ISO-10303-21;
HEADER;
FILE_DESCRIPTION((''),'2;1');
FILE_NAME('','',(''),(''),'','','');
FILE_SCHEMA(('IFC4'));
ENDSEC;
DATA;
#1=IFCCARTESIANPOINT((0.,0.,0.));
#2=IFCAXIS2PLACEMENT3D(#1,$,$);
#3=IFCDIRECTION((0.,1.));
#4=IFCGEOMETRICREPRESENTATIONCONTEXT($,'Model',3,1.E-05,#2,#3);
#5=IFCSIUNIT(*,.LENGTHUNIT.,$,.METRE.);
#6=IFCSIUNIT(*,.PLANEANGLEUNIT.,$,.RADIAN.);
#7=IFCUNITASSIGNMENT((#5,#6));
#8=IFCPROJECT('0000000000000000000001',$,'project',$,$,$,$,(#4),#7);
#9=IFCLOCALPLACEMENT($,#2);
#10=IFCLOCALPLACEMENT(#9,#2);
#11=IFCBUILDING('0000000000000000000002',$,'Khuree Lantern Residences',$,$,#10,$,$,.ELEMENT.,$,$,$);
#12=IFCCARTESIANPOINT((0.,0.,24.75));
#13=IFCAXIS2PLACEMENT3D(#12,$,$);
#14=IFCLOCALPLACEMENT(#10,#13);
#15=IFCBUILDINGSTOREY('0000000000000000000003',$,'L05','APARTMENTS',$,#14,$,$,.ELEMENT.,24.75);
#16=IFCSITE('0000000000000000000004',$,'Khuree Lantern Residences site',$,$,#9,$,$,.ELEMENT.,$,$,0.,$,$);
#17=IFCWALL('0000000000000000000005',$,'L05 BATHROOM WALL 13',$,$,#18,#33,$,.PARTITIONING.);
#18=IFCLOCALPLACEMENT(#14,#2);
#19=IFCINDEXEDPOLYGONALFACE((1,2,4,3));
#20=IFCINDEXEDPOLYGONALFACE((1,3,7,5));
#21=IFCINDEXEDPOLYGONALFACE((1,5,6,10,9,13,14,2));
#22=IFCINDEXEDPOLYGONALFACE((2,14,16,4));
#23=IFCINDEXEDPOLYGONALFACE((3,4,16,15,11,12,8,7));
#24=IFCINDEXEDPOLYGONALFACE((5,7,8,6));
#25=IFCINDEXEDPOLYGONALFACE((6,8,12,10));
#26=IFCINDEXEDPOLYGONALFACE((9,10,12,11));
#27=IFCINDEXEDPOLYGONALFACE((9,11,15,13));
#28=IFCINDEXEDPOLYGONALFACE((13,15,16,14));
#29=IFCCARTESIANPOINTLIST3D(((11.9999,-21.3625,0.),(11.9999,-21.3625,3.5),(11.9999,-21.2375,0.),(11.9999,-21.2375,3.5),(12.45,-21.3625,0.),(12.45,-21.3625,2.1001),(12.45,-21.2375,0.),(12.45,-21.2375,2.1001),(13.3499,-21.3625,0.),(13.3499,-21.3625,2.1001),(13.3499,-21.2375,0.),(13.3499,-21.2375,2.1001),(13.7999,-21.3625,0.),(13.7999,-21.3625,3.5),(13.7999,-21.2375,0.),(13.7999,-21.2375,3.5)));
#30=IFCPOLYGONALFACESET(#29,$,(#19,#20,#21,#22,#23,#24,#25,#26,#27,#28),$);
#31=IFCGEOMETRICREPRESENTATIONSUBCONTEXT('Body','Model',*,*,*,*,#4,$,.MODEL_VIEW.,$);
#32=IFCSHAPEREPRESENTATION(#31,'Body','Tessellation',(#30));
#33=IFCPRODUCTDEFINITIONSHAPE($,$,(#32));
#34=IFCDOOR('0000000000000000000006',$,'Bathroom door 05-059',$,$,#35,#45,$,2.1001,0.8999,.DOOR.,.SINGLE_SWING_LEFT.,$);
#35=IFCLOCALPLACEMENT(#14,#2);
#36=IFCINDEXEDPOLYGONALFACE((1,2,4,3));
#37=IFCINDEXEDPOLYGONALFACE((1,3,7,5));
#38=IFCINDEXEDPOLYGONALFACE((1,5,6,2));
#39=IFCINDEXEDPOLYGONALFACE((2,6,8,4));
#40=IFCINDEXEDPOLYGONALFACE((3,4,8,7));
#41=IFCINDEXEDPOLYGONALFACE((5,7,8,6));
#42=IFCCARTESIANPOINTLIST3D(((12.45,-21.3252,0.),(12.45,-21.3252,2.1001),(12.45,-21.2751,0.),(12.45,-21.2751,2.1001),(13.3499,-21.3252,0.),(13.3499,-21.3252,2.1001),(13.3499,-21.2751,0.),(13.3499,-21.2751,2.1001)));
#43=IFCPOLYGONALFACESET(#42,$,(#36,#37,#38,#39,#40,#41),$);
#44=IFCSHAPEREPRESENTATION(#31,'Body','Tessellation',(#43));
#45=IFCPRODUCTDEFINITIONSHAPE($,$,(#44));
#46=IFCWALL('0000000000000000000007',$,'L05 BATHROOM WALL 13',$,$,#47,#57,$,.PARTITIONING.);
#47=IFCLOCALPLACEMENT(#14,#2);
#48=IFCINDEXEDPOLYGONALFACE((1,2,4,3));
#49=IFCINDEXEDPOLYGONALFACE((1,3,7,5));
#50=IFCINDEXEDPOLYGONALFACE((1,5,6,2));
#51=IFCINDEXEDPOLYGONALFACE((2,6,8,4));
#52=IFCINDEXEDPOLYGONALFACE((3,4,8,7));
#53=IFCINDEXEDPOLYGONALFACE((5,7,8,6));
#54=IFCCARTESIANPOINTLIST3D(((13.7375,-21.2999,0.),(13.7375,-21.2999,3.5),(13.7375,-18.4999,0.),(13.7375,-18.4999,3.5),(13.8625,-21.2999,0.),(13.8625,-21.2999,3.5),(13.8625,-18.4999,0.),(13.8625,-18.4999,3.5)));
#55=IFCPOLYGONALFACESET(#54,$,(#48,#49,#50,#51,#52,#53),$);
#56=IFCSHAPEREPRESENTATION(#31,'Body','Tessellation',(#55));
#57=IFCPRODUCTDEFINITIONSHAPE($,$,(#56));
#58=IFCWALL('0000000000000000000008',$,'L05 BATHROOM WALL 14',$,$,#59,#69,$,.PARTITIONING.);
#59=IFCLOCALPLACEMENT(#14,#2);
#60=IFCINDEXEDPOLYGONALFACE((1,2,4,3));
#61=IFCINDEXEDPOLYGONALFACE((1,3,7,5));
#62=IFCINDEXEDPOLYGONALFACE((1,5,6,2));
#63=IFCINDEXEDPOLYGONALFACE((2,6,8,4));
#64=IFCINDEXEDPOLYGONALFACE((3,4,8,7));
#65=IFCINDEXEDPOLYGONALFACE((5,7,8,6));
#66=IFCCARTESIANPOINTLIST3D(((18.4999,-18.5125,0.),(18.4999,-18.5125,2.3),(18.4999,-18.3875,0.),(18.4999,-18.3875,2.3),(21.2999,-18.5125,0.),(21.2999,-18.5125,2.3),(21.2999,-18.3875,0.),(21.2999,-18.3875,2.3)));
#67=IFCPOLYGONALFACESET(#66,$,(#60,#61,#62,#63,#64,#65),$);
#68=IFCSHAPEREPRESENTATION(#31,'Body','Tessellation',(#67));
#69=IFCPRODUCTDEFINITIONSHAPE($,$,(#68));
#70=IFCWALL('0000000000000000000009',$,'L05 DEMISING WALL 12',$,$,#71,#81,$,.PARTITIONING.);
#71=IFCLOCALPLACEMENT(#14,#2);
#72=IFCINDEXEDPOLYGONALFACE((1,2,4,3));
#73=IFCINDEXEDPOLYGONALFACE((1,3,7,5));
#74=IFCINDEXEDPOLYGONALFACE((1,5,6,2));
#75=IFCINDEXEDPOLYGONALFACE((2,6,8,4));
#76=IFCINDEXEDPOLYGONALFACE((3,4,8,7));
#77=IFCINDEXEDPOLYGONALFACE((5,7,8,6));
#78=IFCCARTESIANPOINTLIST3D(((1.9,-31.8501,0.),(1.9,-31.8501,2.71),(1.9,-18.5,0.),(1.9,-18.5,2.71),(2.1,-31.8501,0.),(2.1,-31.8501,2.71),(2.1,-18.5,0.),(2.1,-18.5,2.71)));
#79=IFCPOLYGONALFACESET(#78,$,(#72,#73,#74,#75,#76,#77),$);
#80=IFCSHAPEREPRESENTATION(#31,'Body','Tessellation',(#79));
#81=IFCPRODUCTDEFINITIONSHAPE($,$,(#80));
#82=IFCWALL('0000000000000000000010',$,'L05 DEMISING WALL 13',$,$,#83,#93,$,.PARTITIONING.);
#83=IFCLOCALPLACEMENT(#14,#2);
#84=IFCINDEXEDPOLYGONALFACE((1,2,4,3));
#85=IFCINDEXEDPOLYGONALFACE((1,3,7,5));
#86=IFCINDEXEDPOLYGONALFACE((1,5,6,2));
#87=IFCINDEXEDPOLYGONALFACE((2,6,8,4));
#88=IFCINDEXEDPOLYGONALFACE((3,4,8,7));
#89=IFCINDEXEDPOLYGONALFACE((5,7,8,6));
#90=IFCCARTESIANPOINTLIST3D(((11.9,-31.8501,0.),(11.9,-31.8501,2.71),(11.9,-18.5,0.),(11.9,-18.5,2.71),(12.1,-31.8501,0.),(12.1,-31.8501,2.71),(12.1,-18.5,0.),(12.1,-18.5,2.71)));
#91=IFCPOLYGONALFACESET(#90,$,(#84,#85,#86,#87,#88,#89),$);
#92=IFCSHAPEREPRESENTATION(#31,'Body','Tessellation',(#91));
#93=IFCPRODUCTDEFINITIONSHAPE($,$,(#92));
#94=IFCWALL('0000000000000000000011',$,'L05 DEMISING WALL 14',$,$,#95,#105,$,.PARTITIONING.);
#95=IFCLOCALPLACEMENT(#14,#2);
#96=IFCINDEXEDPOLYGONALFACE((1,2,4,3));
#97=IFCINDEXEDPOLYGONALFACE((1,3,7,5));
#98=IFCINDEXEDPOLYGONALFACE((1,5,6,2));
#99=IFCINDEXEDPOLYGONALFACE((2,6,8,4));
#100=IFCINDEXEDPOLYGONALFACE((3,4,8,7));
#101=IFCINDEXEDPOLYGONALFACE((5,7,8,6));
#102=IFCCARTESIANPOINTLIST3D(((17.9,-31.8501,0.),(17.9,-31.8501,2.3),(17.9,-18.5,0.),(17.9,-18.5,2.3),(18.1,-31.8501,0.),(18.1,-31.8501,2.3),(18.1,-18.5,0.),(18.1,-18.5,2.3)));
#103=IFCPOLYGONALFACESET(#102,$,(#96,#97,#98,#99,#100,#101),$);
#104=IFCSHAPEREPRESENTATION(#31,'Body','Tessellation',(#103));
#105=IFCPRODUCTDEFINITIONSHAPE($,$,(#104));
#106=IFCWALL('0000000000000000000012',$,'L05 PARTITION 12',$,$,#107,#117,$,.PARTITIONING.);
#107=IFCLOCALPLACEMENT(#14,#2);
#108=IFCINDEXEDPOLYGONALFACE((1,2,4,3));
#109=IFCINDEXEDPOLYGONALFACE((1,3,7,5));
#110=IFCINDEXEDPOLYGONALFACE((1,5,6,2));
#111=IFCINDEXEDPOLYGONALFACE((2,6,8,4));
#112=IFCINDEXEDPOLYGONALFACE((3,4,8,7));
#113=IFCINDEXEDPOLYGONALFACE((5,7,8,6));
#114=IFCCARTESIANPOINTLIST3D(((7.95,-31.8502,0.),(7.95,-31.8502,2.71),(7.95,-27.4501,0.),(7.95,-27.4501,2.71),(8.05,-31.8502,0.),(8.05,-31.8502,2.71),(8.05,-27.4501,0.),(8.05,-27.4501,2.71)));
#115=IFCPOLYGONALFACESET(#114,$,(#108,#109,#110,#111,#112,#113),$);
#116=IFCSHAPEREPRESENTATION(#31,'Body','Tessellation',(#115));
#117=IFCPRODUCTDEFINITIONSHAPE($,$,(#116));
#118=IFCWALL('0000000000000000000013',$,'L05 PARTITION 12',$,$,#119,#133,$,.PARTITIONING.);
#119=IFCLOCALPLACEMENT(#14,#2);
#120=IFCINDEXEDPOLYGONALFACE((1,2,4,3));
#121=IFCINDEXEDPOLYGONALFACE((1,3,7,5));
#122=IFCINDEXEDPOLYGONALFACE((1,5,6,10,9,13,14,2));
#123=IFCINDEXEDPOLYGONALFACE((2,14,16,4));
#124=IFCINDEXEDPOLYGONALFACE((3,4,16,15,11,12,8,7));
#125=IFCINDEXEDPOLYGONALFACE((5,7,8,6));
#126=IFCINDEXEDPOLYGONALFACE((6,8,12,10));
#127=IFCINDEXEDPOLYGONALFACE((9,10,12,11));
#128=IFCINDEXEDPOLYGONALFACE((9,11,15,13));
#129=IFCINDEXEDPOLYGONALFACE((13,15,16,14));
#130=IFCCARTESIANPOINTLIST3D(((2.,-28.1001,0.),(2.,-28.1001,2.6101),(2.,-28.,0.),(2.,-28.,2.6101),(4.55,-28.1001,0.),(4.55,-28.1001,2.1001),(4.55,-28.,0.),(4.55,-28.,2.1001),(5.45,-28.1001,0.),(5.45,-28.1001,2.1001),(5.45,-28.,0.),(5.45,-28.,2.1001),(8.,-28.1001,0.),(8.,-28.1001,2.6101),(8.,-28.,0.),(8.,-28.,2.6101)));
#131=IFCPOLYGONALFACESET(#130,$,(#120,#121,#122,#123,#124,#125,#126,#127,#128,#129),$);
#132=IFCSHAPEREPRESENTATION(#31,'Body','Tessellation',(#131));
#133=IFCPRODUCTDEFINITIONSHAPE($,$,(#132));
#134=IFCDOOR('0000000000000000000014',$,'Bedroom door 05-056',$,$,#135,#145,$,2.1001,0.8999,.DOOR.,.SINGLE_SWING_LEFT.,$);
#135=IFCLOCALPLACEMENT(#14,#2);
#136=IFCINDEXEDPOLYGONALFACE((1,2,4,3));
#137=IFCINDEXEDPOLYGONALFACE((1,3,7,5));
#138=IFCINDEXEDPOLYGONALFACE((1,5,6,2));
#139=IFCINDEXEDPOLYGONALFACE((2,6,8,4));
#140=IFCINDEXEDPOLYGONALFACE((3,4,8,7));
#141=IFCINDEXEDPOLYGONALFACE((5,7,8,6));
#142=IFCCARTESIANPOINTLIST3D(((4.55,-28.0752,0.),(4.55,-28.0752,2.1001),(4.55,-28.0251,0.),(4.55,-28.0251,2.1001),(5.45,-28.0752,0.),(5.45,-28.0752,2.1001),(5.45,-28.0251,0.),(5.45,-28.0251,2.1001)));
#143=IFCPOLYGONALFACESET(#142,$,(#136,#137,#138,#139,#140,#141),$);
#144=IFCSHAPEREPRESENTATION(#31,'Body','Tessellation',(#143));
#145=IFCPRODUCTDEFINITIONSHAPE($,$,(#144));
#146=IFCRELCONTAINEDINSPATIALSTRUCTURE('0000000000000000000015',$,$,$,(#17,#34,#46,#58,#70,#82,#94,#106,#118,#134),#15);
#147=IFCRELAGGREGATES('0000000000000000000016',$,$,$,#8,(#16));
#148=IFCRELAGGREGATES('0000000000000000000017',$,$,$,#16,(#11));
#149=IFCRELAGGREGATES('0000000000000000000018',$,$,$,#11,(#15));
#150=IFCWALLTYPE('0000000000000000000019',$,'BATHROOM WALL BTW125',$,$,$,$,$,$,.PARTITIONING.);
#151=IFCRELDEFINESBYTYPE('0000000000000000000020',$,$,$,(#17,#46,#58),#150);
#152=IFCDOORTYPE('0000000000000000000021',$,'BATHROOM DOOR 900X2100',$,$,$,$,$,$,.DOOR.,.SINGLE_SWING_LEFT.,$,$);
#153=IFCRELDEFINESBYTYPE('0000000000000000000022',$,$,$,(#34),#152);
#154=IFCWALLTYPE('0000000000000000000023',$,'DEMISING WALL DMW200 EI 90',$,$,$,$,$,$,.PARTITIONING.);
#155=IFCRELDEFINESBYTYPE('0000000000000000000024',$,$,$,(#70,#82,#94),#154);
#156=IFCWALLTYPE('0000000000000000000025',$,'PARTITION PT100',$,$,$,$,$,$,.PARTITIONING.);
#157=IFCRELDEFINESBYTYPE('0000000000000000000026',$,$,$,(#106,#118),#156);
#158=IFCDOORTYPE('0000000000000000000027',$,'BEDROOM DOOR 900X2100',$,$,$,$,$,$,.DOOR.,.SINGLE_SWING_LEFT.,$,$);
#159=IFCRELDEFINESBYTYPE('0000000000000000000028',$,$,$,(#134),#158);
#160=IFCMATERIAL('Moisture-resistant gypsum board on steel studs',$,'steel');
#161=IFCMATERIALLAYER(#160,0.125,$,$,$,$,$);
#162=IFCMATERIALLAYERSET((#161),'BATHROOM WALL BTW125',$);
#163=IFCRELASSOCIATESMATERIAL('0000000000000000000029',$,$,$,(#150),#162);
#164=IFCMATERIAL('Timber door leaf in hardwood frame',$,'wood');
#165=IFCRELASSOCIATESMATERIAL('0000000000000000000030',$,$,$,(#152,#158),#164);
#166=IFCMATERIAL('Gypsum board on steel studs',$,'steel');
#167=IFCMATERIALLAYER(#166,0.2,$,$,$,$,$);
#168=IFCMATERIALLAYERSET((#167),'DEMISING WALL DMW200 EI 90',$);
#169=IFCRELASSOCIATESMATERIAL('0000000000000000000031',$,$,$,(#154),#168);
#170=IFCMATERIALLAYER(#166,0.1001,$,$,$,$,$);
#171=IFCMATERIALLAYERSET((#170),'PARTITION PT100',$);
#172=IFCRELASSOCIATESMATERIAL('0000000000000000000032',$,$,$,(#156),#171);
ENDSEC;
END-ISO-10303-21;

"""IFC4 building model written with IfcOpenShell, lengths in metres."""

from ifc_helpers import new_model, si_unit, direction, frame, frame_2d, origin, place, context, subcontext, project, spatial, rectangle, extrude, material, layer, layer_set, type_object, element, fill, save


model = new_model("IFC4")

# Units and contexts
model_context = context("Model", 3, precision=1e-05, world=origin(), true_north=direction((0.0, 1.0)))
body_context = subcontext(model_context, "Body", "Model", "MODEL_VIEW")
ifc_project = project(units=[si_unit("LENGTHUNIT", "METRE"), si_unit("PLANEANGLEUNIT", "RADIAN")], contexts=[model_context])

# Site, building, storey
site_placement = place(None, origin())
site = spatial("IfcSite", under=ifc_project, at=site_placement, Name="Khuree Lantern Residences site", CompositionType="ELEMENT", RefElevation=0.0)
building_placement = place(site_placement, origin())
building = spatial("IfcBuilding", under=site, at=building_placement, Name="Khuree Lantern Residences", CompositionType="ELEMENT")
storey_placement = place(building_placement, frame((0.0, 0.0, 24.75)))
storey = spatial("IfcBuildingStorey", under=building, at=storey_placement, Name="L05", Description="APARTMENTS", CompositionType="ELEMENT", Elevation=24.75)

# Shared definitions
ifc_material_1 = material(Name="Moisture-resistant gypsum board on steel studs", Category="steel")
ifc_layer_1 = layer(ifc_material_1, 0.125)
ifc_layer_set_1 = layer_set([ifc_layer_1], Name="BATHROOM WALL BTW125")
wall_type_1 = type_object("IfcWallType", Name="BATHROOM WALL BTW125", PredefinedType="PARTITIONING", material=ifc_layer_set_1)
ifc_material_2 = material(Name="Timber door leaf in hardwood frame", Category="wood")
door_type_1 = type_object("IfcDoorType", Name="BATHROOM DOOR 900X2100", OperationType="SINGLE_SWING_LEFT", PredefinedType="DOOR", material=ifc_material_2)

# Wall, opening, door
wall_1_placement = place(storey_placement, frame((12.0, -21.3, 0.0), z_axis=(0.0, 0.0, 1.0), x_axis=(1.0, 0.0, 0.0)))
wall_1 = element("IfcWall", 1, at=wall_1_placement, inside=storey, type_object=wall_type_1, Name="L05 BATHROOM WALL 13", PredefinedType="PARTITIONING", context=body_context, shape_type="SweptSolid", body=[
    extrude(rectangle(XDim=1.8, YDim=0.125, at=frame_2d((0.8999, 0.0))), origin(), (0.0, 0.0, 1.0), 3.5),
])
opening_1_placement = place(wall_1_placement, frame((0.45, 0.0, 0.0)))
opening_1 = element("IfcOpeningElement", 2, at=opening_1_placement, cuts=wall_1, PredefinedType="OPENING", context=body_context, shape_type="SweptSolid", body=[
    extrude(rectangle(XDim=0.8999, YDim=2.1001, at=frame_2d((0.45, 1.05))), frame((0.0, 0.0725, 0.0), z_axis=(0.0, -1.0, 0.0), x_axis=(1.0, 0.0, 0.0)), (0.0, 0.0, 1.0), 0.145),
])
door_1_placement = place(opening_1_placement, origin())
door_1 = element("IfcDoor", 3, at=door_1_placement, inside=storey, type_object=door_type_1, Name="Bathroom door 05-059", OperationType="SINGLE_SWING_LEFT", OverallHeight=2.1001, OverallWidth=0.8999, PredefinedType="DOOR", context=body_context, shape_type="SweptSolid", body=[
    extrude(rectangle(XDim=0.8999, YDim=2.1001, at=frame_2d((0.45, 1.05))), frame((0.0, 0.0249, 0.0), z_axis=(0.0, -1.0, 0.0), x_axis=(1.0, 0.0, 0.0)), (0.0, 0.0, 1.0), 0.05),
])
fill(opening_1, door_1)

# Walls
wall_2_placement = place(storey_placement, frame((13.8, -18.5, 0.0), z_axis=(0.0, 0.0, 1.0), x_axis=(0.0, -1.0, 0.0)))
element("IfcWall", 4, at=wall_2_placement, inside=storey, type_object=wall_type_1, Name="L05 BATHROOM WALL 13", PredefinedType="PARTITIONING", context=body_context, shape_type="SweptSolid", body=[
    extrude(rectangle(XDim=2.8, YDim=0.125, at=frame_2d((1.3999, 0.0))), origin(), (0.0, 0.0, 1.0), 3.5),
])
wall_3_placement = place(storey_placement, frame((18.5, -18.45, 0.0), z_axis=(0.0, 0.0, 1.0), x_axis=(1.0, 0.0, 0.0)))
element("IfcWall", 5, at=wall_3_placement, inside=storey, type_object=wall_type_1, Name="L05 BATHROOM WALL 14", PredefinedType="PARTITIONING", context=body_context, shape_type="SweptSolid", body=[
    extrude(rectangle(XDim=2.8, YDim=0.125, at=frame_2d((1.3999, 0.0))), origin(), (0.0, 0.0, 1.0), 2.3),
])
ifc_material_3 = material(Name="Gypsum board on steel studs", Category="steel")
ifc_layer_2 = layer(ifc_material_3, 0.2)
ifc_layer_set_2 = layer_set([ifc_layer_2], Name="DEMISING WALL DMW200 EI 90")
wall_type_2 = type_object("IfcWallType", Name="DEMISING WALL DMW200 EI 90", PredefinedType="PARTITIONING", material=ifc_layer_set_2)
for number, where, z_axis, x_axis, name in (
    (6, (2.0, -18.5, 0.0), (0.0, 0.0, 1.0), (0.0, -1.0, 0.0), "L05 DEMISING WALL 12"),
    (7, (12.0, -18.5, 0.0), (0.0, 0.0, 1.0), (0.0, -1.0, 0.0), "L05 DEMISING WALL 13"),
):
    element("IfcWall", number, at=place(storey_placement, frame(where, z_axis=z_axis, x_axis=x_axis)), inside=storey, type_object=wall_type_2, Name=name, PredefinedType="PARTITIONING", context=body_context, shape_type="SweptSolid", body=[
        extrude(rectangle(XDim=13.3501, YDim=0.2, at=frame_2d((6.675, 0.0))), origin(), (0.0, 0.0, 1.0), 2.71),
    ])
wall_4_placement = place(storey_placement, frame((18.0, -18.5, 0.0), z_axis=(0.0, 0.0, 1.0), x_axis=(0.0, -1.0, 0.0)))
element("IfcWall", 8, at=wall_4_placement, inside=storey, type_object=wall_type_2, Name="L05 DEMISING WALL 14", PredefinedType="PARTITIONING", context=body_context, shape_type="SweptSolid", body=[
    extrude(rectangle(XDim=13.3501, YDim=0.2, at=frame_2d((6.675, 0.0))), origin(), (0.0, 0.0, 1.0), 2.3),
])
ifc_layer_3 = layer(ifc_material_3, 0.1001)
ifc_layer_set_3 = layer_set([ifc_layer_3], Name="PARTITION PT100")
wall_type_3 = type_object("IfcWallType", Name="PARTITION PT100", PredefinedType="PARTITIONING", material=ifc_layer_set_3)
wall_5_placement = place(storey_placement, frame((8.0, -27.45, 0.0), z_axis=(0.0, 0.0, 1.0), x_axis=(0.0, -1.0, 0.0)))
element("IfcWall", 9, at=wall_5_placement, inside=storey, type_object=wall_type_3, Name="L05 PARTITION 12", PredefinedType="PARTITIONING", context=body_context, shape_type="SweptSolid", body=[
    extrude(rectangle(XDim=4.4001, YDim=0.1001, at=frame_2d((2.2002, 0.0))), origin(), (0.0, 0.0, 1.0), 2.71),
])

# Wall, opening, door
wall_6_placement = place(storey_placement, frame((2.0, -28.05, 0.0), z_axis=(0.0, 0.0, 1.0), x_axis=(1.0, 0.0, 0.0)))
wall_6 = element("IfcWall", 10, at=wall_6_placement, inside=storey, type_object=wall_type_3, Name="L05 PARTITION 12", PredefinedType="PARTITIONING", context=body_context, shape_type="SweptSolid", body=[
    extrude(rectangle(XDim=6.0, YDim=0.1001, at=frame_2d((3.0, 0.0))), origin(), (0.0, 0.0, 1.0), 2.6101),
])
opening_2_placement = place(wall_6_placement, frame((2.55, 0.0, 0.0)))
opening_2 = element("IfcOpeningElement", 11, at=opening_2_placement, cuts=wall_6, PredefinedType="OPENING", context=body_context, shape_type="SweptSolid", body=[
    extrude(rectangle(XDim=0.8999, YDim=2.1001, at=frame_2d((0.45, 1.05))), frame((0.0, 0.0601, 0.0), z_axis=(0.0, -1.0, 0.0), x_axis=(1.0, 0.0, 0.0)), (0.0, 0.0, 1.0), 0.1201),
])
door_type_2 = type_object("IfcDoorType", Name="BEDROOM DOOR 900X2100", OperationType="SINGLE_SWING_LEFT", PredefinedType="DOOR", material=ifc_material_2)
door_2_placement = place(opening_2_placement, origin())
door_2 = element("IfcDoor", 12, at=door_2_placement, inside=storey, type_object=door_type_2, Name="Bedroom door 05-056", OperationType="SINGLE_SWING_LEFT", OverallHeight=2.1001, OverallWidth=0.8999, PredefinedType="DOOR", context=body_context, shape_type="SweptSolid", body=[
    extrude(rectangle(XDim=0.8999, YDim=2.1001, at=frame_2d((0.45, 1.05))), frame((0.0, 0.0249, 0.0), z_axis=(0.0, -1.0, 0.0), x_axis=(1.0, 0.0, 0.0)), (0.0, 0.0, 1.0), 0.05),
])
fill(opening_2, door_2)

save(model, "model.ifc")
